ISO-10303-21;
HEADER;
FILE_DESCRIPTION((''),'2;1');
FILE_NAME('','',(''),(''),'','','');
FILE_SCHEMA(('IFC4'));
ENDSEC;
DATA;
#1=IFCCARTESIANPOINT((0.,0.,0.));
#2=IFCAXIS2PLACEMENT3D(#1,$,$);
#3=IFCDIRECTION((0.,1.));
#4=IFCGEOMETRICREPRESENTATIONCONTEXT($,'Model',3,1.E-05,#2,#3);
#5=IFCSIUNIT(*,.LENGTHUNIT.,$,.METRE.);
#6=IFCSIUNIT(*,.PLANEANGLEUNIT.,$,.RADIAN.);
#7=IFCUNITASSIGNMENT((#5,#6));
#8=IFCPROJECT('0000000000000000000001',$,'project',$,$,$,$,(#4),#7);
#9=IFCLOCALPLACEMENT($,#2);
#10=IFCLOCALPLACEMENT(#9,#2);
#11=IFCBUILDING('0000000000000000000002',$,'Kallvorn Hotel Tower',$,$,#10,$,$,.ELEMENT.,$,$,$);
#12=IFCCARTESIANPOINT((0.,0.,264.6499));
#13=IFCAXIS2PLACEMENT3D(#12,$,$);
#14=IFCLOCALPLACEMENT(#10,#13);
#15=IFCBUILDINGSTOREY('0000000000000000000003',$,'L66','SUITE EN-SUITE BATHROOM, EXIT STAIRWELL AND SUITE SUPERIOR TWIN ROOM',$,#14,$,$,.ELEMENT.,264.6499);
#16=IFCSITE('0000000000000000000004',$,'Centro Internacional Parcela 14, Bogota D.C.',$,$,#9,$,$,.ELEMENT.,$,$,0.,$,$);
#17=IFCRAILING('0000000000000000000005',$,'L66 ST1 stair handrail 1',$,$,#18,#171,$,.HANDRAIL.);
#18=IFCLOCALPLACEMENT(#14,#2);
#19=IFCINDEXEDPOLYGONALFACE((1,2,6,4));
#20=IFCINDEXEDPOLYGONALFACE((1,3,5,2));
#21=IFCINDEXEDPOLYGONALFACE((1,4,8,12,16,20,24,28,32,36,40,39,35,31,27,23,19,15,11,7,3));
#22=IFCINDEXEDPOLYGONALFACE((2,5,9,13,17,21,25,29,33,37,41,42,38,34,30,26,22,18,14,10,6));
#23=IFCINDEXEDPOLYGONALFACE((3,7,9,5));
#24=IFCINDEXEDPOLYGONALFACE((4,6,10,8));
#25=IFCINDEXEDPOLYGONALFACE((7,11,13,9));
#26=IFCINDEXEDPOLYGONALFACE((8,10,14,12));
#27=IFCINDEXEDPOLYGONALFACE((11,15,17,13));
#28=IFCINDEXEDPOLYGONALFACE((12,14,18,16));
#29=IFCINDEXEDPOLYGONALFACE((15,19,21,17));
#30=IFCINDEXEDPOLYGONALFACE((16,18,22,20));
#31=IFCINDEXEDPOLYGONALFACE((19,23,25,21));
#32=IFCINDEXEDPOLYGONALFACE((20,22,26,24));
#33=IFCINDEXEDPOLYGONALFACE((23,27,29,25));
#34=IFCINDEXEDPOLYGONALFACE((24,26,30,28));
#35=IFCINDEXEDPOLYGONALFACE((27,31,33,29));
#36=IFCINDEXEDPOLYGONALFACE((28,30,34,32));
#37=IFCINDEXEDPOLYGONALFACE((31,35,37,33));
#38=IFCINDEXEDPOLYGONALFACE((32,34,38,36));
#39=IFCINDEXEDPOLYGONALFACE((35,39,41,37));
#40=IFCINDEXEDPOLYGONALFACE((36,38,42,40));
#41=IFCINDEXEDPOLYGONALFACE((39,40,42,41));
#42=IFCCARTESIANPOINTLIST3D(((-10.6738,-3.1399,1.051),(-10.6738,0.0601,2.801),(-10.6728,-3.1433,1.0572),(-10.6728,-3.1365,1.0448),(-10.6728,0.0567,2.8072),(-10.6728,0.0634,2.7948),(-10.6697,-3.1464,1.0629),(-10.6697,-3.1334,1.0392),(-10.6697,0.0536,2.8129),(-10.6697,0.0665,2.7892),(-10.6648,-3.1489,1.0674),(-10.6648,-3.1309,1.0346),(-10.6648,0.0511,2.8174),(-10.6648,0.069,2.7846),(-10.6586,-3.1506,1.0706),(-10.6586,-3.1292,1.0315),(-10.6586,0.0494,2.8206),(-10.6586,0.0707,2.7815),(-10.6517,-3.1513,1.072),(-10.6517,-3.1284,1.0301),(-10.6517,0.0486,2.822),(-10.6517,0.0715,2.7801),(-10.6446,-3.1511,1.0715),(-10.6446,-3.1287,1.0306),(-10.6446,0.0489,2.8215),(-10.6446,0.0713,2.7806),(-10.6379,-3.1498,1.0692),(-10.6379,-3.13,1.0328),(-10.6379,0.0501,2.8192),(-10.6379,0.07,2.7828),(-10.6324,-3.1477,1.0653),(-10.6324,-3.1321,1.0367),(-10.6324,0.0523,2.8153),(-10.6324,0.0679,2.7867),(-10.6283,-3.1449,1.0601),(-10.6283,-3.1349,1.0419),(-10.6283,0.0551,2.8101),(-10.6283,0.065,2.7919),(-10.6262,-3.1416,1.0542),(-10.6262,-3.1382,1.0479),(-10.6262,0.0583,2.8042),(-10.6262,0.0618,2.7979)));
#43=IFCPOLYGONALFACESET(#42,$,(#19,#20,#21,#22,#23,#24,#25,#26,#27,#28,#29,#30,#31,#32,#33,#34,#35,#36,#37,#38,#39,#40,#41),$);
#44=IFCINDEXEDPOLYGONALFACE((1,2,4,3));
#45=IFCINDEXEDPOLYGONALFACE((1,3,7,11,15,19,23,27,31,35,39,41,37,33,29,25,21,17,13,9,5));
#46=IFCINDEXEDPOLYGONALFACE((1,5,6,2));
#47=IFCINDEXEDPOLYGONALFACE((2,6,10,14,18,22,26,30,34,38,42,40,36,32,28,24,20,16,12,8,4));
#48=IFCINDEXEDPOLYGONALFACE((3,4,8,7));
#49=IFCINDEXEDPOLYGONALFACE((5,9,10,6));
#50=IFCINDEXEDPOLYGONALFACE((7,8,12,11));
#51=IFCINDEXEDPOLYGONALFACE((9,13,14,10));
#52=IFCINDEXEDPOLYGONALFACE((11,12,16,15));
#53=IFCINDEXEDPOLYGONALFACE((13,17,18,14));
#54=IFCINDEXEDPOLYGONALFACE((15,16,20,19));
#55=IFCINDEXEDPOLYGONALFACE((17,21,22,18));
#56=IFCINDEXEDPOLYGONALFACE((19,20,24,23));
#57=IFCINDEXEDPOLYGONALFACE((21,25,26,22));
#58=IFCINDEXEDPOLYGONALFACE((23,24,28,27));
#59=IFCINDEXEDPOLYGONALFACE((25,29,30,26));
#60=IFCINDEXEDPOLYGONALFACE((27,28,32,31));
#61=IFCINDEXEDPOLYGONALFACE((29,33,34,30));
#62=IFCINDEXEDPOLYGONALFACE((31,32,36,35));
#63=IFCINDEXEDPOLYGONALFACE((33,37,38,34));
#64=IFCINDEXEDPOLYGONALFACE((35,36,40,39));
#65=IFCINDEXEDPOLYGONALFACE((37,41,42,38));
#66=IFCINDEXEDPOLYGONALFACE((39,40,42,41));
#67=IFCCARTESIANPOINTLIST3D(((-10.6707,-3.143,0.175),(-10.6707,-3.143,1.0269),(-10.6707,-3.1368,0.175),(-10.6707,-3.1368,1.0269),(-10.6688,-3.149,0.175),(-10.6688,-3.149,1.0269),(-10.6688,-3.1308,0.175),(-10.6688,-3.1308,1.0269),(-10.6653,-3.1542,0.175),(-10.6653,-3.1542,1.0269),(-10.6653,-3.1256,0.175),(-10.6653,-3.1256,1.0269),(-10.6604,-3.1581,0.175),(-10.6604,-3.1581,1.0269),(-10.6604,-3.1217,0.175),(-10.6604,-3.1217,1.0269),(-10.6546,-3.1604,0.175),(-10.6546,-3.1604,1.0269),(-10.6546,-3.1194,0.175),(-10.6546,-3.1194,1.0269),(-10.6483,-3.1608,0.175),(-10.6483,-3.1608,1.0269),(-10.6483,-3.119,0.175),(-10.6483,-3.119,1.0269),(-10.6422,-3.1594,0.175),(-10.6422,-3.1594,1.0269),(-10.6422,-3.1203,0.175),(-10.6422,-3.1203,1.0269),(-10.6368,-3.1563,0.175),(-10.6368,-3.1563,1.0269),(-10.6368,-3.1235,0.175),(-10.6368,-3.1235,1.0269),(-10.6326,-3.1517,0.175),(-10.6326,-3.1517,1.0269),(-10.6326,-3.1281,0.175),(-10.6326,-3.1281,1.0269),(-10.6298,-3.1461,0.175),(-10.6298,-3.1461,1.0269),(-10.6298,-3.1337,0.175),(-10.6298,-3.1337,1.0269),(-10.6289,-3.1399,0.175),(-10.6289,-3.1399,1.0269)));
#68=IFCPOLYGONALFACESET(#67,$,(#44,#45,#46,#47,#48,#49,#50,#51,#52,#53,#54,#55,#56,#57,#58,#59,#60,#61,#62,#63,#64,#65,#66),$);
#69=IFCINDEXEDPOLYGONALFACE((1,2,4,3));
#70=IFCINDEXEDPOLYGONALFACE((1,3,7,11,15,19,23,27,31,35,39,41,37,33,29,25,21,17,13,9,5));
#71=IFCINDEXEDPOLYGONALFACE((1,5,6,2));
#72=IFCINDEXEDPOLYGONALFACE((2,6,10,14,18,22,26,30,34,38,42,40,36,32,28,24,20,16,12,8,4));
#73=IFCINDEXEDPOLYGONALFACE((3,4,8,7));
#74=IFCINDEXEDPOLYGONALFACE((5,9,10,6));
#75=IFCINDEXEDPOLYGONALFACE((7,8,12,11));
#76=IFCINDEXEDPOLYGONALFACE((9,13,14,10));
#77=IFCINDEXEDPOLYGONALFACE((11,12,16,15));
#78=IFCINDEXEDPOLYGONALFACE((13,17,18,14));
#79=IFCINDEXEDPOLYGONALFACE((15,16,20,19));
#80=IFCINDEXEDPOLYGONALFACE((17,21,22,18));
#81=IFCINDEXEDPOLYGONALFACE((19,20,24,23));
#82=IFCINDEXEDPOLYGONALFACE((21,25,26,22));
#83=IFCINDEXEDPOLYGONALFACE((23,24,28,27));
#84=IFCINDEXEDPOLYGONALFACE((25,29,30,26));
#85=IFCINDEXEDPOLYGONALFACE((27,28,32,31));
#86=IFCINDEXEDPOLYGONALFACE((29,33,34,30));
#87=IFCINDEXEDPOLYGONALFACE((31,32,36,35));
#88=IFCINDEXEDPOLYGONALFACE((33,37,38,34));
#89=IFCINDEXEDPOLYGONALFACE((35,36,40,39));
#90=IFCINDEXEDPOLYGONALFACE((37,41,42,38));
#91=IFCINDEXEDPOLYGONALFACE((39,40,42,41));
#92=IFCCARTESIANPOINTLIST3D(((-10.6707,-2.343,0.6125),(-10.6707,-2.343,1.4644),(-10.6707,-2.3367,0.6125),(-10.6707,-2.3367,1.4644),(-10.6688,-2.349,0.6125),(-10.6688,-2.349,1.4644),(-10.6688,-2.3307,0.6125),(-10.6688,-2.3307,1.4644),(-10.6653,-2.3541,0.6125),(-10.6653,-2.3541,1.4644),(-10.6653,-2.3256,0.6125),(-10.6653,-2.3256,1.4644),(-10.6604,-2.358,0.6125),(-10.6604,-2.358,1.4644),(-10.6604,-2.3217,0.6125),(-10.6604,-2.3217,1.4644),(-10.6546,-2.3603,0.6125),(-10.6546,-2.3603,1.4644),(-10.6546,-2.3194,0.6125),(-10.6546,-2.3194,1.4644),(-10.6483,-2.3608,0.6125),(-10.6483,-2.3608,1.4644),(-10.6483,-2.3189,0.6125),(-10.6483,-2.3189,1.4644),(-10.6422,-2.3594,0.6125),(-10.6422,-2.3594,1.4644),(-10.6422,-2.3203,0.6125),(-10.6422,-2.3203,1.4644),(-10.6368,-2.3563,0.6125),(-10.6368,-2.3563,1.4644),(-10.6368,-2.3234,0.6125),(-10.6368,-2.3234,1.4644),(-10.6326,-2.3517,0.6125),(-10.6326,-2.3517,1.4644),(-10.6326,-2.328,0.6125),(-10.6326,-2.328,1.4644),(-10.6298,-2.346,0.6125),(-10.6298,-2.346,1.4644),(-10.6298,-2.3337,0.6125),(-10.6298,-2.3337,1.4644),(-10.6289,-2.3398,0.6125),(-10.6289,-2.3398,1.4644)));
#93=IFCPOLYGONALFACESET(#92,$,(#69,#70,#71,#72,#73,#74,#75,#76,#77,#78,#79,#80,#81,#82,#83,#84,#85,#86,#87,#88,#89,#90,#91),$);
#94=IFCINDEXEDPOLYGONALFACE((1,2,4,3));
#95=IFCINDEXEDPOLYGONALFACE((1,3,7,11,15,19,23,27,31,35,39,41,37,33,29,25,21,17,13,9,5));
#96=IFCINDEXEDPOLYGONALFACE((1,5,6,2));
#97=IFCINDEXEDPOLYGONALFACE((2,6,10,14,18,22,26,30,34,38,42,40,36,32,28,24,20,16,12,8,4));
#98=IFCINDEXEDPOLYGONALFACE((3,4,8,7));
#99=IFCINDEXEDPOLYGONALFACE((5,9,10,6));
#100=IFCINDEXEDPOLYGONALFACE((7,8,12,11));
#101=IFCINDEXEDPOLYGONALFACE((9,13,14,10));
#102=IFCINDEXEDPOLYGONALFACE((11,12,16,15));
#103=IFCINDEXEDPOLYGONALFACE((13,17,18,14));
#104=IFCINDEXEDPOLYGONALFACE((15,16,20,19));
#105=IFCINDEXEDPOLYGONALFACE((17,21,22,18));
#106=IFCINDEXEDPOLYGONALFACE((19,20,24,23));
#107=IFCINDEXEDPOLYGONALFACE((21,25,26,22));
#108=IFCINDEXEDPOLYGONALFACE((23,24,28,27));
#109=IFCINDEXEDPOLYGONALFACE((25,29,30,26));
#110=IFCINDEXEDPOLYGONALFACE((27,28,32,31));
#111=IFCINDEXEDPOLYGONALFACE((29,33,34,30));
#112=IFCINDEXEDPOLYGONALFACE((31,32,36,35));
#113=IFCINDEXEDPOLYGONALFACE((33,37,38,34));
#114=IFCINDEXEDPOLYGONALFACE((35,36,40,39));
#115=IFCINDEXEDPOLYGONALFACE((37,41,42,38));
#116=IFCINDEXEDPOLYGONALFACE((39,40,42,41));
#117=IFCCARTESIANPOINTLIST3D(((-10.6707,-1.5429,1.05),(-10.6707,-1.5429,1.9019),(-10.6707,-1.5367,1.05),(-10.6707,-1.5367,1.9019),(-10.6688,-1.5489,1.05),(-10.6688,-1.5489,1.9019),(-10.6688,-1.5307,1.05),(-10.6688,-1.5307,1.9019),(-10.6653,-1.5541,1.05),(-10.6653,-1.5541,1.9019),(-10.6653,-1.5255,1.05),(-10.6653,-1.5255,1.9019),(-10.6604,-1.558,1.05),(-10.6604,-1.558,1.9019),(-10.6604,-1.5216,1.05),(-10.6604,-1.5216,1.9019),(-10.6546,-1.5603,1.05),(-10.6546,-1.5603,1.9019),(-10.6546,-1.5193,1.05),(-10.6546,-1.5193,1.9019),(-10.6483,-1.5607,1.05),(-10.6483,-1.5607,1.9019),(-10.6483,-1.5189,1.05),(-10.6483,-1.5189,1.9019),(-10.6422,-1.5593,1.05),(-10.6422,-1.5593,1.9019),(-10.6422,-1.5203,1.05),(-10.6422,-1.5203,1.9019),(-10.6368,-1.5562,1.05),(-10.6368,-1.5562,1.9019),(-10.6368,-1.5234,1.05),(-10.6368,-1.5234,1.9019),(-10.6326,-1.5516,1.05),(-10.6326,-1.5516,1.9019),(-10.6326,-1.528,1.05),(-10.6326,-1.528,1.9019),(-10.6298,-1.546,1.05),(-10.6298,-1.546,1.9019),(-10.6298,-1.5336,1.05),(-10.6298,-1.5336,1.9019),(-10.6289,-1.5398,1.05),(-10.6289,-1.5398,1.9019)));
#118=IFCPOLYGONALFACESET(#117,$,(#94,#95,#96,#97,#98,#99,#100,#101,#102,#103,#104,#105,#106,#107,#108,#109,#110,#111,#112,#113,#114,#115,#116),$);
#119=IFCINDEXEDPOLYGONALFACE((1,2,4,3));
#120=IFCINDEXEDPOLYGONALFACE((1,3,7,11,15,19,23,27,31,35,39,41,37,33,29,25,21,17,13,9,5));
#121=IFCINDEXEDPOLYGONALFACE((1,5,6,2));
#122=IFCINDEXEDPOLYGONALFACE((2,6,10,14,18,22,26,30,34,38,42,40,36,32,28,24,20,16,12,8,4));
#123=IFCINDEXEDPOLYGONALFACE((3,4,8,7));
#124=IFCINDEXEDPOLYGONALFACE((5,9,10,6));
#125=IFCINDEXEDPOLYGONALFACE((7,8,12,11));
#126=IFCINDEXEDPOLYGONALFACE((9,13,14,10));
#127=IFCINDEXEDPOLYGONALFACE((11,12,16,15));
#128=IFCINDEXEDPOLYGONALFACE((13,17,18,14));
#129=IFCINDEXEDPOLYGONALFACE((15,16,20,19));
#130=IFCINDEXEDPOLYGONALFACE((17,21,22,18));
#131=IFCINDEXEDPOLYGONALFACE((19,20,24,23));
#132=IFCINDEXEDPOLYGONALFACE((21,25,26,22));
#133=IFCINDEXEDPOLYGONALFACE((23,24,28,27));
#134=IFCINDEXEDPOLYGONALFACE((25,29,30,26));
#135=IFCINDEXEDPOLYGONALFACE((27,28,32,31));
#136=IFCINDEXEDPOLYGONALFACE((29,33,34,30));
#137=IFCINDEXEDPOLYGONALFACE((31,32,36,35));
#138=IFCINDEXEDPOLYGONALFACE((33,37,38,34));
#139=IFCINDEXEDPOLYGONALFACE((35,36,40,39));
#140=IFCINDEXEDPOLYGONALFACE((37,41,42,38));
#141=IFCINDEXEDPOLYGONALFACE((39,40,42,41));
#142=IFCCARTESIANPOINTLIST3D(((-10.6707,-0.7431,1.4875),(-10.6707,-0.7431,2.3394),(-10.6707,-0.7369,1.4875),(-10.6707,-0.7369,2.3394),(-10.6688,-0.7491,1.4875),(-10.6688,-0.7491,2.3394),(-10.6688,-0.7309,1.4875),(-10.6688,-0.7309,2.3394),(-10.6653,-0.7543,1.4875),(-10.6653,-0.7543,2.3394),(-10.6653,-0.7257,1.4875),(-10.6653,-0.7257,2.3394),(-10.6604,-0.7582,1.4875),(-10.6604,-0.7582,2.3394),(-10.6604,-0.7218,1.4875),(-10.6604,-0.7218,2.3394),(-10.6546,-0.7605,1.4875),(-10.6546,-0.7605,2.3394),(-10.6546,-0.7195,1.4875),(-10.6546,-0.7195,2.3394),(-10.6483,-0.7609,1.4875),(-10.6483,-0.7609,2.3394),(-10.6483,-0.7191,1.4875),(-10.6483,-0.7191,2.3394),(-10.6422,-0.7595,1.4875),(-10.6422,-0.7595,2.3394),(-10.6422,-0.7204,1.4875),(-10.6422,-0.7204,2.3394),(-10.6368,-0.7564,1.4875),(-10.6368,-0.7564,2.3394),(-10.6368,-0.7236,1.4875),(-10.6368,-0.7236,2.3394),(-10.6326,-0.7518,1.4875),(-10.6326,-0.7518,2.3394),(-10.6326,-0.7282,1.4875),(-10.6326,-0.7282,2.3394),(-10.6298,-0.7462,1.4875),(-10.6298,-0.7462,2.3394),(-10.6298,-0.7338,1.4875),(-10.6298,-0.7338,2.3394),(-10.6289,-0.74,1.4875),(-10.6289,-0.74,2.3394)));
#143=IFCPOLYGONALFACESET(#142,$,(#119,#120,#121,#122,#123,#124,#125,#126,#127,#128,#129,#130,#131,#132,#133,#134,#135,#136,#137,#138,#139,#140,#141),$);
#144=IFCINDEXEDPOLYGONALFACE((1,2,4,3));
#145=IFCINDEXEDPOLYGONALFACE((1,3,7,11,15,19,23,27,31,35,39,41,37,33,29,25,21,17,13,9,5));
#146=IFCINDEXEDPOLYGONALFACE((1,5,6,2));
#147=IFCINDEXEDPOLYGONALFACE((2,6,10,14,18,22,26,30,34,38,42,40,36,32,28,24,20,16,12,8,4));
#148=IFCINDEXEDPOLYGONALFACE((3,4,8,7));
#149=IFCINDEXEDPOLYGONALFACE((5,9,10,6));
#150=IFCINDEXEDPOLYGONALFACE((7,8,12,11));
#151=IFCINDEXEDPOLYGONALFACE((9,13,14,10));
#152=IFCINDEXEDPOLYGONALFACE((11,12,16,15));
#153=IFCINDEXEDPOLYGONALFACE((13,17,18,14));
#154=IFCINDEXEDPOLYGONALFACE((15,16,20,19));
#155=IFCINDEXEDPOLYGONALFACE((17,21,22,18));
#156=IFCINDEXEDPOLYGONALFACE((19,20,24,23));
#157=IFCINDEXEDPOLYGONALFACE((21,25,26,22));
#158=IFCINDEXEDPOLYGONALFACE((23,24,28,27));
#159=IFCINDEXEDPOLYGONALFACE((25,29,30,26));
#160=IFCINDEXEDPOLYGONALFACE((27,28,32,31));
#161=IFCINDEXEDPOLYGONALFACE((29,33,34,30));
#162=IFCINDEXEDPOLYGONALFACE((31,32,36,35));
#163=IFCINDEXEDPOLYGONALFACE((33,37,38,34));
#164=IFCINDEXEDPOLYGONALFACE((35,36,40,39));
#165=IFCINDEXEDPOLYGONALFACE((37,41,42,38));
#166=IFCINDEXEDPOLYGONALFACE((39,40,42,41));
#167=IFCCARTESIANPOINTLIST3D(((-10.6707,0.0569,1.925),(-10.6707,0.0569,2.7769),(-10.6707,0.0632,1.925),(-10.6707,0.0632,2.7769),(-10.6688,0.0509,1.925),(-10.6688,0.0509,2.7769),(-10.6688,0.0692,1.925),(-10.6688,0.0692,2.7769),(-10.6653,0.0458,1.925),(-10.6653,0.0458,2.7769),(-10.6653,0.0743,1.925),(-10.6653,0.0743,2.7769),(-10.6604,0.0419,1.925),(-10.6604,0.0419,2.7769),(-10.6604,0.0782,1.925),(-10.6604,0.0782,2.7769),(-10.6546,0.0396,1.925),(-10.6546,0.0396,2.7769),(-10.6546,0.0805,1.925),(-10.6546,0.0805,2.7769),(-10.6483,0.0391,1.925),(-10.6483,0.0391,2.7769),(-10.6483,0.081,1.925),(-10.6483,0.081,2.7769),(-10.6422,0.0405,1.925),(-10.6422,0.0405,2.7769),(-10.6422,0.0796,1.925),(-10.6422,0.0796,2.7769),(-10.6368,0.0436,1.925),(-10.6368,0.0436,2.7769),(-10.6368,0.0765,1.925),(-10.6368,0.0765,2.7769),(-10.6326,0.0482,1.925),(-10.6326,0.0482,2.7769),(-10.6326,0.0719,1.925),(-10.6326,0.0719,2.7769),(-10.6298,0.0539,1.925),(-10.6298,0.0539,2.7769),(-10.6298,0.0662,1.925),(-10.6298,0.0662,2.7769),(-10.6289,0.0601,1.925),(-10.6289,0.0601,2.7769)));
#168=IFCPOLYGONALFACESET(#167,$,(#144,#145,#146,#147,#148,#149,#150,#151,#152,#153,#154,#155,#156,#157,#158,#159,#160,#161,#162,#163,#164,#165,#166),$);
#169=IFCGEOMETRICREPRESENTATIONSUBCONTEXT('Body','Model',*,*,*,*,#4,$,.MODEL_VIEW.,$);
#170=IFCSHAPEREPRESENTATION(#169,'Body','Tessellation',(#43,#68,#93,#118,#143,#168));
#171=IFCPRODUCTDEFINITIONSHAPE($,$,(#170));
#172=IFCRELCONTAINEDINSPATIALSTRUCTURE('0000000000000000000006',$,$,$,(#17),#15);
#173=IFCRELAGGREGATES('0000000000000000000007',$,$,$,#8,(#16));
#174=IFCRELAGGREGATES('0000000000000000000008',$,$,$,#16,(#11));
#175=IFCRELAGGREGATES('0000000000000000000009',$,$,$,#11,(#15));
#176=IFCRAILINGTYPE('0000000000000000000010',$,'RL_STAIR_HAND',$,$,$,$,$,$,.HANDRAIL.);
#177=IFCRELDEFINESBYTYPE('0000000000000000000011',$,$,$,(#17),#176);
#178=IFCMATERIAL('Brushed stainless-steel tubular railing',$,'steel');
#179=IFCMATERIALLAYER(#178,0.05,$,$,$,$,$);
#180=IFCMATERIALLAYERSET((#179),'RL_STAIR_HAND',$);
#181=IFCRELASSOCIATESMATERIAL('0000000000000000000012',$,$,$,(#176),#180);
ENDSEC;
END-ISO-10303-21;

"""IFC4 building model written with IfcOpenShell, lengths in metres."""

from ifc_helpers import new_model, si_unit, direction, frame, origin, origin_2d, place, context, subcontext, project, spatial, circle, extrude, material, layer, layer_set, type_object, element, save


model = new_model("IFC4")

# Units and contexts
model_context = context("Model", 3, precision=1e-05, world=origin(), true_north=direction((0.0, 1.0)))
body_context = subcontext(model_context, "Body", "Model", "MODEL_VIEW")
ifc_project = project(units=[si_unit("LENGTHUNIT", "METRE"), si_unit("PLANEANGLEUNIT", "RADIAN")], contexts=[model_context])

# Site, building, storey
site_placement = place(None, origin())
site = spatial("IfcSite", under=ifc_project, at=site_placement, Name="Centro Internacional Parcela 14, Bogota D.C.", CompositionType="ELEMENT", RefElevation=0.0)
building_placement = place(site_placement, origin())
building = spatial("IfcBuilding", under=site, at=building_placement, Name="Kallvorn Hotel Tower", CompositionType="ELEMENT")
storey_placement = place(building_placement, frame((0.0, 0.0, 264.6499)))
storey = spatial("IfcBuildingStorey", under=building, at=storey_placement, Name="L66", Description="SUITE EN-SUITE BATHROOM, EXIT STAIRWELL AND SUITE SUPERIOR TWIN ROOM", CompositionType="ELEMENT", Elevation=264.6499)

# Railing
ifc_material_1 = material(Name="Brushed stainless-steel tubular railing", Category="steel")
ifc_layer_1 = layer(ifc_material_1, 0.05)
ifc_layer_set_1 = layer_set([ifc_layer_1], Name="RL_STAIR_HAND")
railing_type_1 = type_object("IfcRailingType", Name="RL_STAIR_HAND", PredefinedType="HANDRAIL", material=ifc_layer_set_1)
railing_1_placement = place(storey_placement, frame((-10.6499, -3.1399, 0.175)))
element("IfcRailing", 1, at=railing_1_placement, inside=storey, type_object=railing_type_1, Name="L66 ST1 stair handrail 1", PredefinedType="HANDRAIL", context=body_context, shape_type="SweptSolid", body=[
    extrude(circle(Radius=0.0239, at=origin_2d()), frame((0.0, 0.0, 0.876), z_axis=(0.0, 0.877368, 0.479818), x_axis=(-1.0, 0.0, 0.0)), (0.0, 0.0, 1.0), 3.6472),
    extrude(circle(Radius=0.021, at=origin_2d()), origin(), (0.0, 0.0, 1.0), 0.8518),
    extrude(circle(Radius=0.021, at=origin_2d()), frame((0.0, 0.8, 0.4375)), (0.0, 0.0, 1.0), 0.8518),
    extrude(circle(Radius=0.021, at=origin_2d()), frame((0.0, 1.6001, 0.875)), (0.0, 0.0, 1.0), 0.8518),
    extrude(circle(Radius=0.021, at=origin_2d()), frame((0.0, 2.3999, 1.3125)), (0.0, 0.0, 1.0), 0.8518),
    extrude(circle(Radius=0.021, at=origin_2d()), frame((0.0, 3.2, 1.75)), (0.0, 0.0, 1.0), 0.8518),
])

save(model, "model.ifc")
